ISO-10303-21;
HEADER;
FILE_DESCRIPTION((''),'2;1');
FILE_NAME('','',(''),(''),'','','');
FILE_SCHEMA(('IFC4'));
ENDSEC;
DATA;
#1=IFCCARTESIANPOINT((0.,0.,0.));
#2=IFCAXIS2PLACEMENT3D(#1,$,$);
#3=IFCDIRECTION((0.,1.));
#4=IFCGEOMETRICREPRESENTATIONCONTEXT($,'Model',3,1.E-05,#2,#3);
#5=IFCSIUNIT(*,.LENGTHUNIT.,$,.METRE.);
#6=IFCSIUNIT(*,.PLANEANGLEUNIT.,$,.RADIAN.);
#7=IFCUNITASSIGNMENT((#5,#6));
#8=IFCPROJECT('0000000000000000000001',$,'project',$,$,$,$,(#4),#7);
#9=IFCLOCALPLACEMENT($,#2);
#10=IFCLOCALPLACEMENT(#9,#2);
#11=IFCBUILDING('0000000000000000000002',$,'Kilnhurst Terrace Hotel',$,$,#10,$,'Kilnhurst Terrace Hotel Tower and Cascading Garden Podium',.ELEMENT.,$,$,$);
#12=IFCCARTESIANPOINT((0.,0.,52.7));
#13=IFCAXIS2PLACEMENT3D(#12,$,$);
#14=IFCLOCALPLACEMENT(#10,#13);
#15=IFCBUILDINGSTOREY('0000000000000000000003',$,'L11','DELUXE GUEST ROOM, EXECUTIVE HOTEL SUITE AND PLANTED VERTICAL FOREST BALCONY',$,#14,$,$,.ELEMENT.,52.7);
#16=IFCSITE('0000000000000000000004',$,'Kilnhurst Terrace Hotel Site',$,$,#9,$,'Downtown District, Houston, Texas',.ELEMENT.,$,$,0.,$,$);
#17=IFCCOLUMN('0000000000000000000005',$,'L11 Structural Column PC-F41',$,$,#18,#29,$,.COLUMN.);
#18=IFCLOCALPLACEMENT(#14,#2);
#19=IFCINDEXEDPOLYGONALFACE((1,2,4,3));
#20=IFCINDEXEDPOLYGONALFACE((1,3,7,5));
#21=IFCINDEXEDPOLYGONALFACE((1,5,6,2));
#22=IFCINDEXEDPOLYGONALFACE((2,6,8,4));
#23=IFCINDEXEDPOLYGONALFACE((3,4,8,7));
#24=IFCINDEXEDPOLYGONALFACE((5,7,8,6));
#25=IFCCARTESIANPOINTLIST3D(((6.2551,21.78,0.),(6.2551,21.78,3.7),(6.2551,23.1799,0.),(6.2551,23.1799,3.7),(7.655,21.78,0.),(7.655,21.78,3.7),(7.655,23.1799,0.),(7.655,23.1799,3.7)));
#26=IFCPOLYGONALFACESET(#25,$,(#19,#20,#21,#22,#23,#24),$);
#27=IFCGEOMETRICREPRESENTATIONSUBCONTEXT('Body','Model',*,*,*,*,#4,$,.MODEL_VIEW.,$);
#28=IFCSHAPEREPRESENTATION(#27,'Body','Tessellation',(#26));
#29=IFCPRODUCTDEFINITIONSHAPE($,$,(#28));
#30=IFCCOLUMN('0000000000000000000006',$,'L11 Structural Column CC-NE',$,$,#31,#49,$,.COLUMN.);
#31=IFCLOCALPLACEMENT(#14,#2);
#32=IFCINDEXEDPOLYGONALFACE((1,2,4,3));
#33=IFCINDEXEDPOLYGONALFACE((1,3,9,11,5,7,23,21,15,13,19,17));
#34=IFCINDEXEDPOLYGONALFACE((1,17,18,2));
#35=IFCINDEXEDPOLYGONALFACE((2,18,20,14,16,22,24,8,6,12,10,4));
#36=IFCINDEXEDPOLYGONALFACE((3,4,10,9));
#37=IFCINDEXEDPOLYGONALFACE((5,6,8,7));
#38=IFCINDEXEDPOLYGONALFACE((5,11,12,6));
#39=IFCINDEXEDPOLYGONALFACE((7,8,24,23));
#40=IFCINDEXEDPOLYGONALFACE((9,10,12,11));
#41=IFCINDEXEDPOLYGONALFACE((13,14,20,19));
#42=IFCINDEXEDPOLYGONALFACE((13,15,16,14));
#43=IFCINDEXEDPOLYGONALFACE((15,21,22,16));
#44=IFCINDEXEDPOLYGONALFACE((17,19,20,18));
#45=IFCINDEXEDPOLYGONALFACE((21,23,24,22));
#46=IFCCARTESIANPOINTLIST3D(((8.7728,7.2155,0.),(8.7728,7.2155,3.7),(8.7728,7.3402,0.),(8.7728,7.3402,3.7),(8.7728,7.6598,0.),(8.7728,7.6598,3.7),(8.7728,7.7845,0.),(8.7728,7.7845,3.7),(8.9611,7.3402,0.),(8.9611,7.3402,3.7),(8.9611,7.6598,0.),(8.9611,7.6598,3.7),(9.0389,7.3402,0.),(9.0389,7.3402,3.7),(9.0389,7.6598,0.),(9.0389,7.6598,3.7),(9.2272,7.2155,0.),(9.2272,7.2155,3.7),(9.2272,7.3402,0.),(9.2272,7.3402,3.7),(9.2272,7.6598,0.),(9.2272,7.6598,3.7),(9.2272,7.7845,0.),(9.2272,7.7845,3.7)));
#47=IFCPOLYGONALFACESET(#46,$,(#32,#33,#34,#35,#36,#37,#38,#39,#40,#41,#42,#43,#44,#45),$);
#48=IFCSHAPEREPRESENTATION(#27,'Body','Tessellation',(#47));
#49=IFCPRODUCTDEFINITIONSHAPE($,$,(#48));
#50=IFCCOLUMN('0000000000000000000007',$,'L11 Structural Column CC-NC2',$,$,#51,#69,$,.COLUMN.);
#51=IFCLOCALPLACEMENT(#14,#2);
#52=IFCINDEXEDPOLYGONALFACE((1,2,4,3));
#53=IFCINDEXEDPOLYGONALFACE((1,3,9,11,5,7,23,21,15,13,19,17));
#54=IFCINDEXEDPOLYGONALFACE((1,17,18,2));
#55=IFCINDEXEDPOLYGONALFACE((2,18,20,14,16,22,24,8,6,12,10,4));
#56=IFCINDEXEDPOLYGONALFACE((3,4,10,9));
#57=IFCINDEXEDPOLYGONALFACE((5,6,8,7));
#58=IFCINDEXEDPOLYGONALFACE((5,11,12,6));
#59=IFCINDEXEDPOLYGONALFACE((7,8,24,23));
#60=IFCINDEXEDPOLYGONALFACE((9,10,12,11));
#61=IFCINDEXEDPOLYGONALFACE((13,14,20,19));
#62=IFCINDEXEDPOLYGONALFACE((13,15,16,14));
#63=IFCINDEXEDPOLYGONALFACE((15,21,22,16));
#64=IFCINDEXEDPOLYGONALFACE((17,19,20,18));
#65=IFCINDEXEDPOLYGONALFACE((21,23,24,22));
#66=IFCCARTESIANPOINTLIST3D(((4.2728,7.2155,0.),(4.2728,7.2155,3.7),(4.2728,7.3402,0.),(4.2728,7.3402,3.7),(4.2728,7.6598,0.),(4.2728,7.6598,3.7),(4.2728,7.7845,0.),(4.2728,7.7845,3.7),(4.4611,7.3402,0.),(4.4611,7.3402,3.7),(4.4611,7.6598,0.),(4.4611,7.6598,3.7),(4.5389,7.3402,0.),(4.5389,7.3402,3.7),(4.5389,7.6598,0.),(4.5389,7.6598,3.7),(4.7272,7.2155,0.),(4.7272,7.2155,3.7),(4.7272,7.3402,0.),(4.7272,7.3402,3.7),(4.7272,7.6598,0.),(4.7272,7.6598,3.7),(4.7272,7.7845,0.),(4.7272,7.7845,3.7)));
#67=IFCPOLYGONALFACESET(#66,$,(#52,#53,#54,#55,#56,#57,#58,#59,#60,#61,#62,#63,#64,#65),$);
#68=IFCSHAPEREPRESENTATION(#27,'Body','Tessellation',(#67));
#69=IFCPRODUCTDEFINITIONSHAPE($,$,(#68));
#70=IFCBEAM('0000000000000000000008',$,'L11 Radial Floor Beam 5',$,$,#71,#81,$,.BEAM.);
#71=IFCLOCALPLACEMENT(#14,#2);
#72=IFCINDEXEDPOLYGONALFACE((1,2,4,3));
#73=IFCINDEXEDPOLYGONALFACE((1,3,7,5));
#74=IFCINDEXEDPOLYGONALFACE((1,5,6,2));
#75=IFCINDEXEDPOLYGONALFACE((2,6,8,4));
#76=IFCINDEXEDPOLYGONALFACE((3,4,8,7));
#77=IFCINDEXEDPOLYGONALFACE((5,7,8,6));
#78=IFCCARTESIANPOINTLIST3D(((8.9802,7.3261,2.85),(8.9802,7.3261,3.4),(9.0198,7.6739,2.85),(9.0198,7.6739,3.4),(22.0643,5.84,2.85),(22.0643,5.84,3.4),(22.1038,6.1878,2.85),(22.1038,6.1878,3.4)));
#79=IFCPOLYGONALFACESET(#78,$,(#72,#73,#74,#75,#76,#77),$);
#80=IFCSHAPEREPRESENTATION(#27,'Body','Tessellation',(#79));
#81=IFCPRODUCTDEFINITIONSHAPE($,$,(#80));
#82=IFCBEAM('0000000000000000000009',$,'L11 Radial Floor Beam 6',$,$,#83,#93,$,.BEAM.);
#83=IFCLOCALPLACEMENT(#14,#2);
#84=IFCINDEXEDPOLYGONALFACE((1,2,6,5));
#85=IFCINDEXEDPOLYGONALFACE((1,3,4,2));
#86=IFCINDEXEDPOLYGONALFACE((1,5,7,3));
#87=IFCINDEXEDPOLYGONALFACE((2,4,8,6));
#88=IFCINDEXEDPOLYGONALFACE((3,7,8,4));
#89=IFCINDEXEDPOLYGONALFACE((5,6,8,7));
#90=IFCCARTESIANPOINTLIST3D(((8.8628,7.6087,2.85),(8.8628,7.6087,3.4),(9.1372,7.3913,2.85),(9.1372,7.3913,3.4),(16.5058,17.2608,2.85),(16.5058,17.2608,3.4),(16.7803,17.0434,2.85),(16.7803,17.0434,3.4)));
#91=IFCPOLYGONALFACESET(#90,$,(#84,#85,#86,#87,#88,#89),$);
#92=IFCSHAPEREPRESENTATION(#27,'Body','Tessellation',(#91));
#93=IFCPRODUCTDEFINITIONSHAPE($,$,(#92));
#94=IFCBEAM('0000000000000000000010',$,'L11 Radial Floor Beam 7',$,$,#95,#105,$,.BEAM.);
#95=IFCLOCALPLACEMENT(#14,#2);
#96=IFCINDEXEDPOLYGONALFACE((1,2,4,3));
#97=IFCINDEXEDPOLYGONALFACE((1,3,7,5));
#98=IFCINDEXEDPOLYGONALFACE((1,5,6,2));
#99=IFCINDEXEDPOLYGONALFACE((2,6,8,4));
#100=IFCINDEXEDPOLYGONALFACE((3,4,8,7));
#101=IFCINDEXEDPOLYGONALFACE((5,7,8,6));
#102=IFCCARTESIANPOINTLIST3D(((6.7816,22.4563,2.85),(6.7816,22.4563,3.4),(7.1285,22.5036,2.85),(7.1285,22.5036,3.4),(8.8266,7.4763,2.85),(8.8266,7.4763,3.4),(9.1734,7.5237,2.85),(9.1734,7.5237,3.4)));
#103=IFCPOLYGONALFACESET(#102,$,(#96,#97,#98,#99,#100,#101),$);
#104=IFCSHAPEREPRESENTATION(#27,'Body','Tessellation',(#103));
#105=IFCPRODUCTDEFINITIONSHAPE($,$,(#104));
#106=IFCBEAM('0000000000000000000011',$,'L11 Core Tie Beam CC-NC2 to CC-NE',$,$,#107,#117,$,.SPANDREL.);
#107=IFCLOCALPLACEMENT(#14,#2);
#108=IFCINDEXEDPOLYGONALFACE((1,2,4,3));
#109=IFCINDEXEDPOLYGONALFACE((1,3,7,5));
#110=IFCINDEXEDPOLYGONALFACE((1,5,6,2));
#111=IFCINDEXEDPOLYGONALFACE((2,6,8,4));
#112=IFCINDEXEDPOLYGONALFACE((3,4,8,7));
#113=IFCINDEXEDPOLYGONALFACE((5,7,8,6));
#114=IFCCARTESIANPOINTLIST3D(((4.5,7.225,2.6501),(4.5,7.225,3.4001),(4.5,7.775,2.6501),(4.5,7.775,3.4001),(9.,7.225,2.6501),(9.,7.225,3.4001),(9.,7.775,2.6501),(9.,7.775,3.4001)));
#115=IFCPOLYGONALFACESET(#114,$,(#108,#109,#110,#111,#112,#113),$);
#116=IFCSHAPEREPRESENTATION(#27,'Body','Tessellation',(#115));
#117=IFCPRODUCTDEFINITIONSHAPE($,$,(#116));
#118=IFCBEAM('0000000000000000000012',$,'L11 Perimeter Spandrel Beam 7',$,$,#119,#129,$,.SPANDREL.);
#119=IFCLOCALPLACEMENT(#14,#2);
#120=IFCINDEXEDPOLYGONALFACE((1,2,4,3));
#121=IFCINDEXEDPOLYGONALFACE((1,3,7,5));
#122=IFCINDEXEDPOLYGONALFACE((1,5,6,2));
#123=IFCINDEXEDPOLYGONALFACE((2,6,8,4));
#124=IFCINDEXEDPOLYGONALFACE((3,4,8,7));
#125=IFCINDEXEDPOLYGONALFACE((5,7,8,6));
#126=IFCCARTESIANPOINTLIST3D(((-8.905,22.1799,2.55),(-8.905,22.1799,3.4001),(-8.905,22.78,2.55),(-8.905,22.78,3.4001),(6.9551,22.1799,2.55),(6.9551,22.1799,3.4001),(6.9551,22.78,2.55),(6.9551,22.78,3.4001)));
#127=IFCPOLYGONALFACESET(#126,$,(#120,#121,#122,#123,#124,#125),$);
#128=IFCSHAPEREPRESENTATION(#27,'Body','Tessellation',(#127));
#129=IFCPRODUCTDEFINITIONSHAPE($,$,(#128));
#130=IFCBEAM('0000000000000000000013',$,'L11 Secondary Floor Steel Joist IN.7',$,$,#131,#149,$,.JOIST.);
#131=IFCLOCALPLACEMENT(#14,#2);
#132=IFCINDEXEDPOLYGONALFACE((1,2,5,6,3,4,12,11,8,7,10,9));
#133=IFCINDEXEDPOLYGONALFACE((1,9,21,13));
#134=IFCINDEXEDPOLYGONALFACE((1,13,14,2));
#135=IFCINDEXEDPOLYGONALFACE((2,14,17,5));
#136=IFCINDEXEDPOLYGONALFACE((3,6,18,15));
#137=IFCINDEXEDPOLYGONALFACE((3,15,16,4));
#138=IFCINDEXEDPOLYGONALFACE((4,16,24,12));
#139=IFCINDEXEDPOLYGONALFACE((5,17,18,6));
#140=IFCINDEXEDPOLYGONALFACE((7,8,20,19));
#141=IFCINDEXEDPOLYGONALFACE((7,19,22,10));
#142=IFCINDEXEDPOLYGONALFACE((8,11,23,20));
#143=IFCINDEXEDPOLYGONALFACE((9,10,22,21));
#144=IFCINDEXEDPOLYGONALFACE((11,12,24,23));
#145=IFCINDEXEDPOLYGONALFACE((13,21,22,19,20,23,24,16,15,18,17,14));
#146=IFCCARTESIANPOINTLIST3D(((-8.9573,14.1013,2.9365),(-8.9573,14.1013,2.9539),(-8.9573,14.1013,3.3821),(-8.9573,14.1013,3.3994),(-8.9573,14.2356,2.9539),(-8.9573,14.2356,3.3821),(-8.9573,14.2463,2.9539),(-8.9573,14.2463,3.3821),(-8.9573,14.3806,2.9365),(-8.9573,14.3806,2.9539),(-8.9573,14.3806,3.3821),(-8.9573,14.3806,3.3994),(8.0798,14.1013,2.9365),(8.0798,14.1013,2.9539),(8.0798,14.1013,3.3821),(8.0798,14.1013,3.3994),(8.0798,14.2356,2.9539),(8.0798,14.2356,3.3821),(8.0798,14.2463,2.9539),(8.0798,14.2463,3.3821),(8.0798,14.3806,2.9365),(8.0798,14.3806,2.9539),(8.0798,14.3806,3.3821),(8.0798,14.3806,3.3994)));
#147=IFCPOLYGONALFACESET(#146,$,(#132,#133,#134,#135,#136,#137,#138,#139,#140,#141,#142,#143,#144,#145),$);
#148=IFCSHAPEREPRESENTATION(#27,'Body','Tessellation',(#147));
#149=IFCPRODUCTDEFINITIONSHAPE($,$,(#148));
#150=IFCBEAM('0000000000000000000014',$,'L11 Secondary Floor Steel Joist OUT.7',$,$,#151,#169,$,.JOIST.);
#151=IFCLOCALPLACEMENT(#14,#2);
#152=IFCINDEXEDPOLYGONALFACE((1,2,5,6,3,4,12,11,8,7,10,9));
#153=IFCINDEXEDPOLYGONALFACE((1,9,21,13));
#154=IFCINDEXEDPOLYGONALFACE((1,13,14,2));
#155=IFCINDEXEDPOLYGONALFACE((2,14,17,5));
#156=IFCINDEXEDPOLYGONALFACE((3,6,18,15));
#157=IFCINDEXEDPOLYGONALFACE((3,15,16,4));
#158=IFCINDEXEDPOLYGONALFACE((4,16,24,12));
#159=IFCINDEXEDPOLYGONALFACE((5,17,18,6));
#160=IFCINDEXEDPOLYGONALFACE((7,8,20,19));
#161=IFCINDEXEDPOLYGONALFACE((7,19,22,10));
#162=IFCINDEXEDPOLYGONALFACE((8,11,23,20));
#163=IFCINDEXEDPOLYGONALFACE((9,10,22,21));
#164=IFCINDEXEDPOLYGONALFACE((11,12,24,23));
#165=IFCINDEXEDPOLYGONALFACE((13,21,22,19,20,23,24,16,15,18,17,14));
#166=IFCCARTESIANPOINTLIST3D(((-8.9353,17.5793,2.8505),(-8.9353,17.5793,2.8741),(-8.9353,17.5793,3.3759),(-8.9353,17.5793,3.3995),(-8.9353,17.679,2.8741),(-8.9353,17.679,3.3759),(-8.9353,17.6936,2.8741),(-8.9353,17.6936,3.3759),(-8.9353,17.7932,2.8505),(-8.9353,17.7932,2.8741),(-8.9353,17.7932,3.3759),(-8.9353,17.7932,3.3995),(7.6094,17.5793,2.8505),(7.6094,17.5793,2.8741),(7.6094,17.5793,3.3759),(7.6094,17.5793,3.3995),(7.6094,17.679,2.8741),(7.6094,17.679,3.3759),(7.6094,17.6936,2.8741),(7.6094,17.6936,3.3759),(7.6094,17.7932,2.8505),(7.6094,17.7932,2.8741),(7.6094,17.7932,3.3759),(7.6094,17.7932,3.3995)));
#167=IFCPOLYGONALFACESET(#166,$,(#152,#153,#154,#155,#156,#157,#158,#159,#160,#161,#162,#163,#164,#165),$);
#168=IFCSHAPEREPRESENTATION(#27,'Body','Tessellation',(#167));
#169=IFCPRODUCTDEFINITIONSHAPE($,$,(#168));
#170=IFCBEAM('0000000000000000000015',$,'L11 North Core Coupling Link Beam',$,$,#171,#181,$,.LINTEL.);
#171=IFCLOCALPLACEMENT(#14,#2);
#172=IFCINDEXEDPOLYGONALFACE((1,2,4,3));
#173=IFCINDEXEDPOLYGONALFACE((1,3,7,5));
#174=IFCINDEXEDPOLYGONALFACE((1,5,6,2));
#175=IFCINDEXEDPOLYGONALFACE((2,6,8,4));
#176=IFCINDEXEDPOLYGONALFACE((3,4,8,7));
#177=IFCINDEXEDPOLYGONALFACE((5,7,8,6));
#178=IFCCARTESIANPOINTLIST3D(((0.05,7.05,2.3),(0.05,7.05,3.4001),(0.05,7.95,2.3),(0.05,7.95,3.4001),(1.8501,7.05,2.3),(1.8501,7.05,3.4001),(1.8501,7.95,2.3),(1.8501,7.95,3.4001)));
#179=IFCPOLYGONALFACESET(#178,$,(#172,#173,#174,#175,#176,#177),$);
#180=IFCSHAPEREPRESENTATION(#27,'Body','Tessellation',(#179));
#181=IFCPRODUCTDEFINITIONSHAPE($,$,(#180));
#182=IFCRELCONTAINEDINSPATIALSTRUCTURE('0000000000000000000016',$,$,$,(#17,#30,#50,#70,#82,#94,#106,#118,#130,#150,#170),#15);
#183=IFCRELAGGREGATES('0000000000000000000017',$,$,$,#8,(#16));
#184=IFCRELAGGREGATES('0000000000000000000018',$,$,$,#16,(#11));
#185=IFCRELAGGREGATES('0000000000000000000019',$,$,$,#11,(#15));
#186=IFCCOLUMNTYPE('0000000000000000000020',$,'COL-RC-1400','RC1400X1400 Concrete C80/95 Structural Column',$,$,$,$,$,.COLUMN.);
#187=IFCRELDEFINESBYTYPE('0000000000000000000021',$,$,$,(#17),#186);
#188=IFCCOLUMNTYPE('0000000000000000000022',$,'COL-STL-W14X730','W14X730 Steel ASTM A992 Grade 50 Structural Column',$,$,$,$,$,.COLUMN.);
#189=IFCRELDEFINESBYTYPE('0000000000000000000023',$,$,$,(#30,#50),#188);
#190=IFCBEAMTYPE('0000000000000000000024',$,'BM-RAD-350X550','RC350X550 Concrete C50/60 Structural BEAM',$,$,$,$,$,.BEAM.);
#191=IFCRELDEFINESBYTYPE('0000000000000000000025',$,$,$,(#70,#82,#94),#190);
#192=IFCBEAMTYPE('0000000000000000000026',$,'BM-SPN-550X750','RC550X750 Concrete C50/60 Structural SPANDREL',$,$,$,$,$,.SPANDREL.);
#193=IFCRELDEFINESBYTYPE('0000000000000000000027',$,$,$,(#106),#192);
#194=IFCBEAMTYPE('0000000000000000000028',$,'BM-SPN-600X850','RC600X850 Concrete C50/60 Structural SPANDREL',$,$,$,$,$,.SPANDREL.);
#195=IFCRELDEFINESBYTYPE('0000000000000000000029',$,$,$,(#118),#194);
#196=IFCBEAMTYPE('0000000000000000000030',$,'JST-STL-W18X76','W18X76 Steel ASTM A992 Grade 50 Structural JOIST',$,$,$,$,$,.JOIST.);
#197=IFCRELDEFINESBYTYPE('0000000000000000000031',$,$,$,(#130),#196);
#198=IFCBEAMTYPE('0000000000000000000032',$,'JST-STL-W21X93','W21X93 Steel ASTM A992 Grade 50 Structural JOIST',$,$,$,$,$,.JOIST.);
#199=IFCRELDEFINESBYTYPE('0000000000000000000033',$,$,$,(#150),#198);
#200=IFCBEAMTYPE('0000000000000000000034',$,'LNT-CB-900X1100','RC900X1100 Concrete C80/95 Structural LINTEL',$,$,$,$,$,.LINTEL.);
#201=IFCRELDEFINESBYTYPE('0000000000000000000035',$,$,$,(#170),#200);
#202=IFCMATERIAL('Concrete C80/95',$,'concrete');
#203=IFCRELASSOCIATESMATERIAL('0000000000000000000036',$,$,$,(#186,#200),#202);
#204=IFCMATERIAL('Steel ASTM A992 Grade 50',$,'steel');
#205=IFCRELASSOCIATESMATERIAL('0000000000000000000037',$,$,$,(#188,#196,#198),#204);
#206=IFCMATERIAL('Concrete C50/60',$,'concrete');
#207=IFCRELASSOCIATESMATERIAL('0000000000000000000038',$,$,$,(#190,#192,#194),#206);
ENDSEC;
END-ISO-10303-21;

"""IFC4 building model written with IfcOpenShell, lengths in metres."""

from ifc_helpers import new_model, si_unit, direction, frame, origin, origin_2d, place, context, subcontext, project, spatial, rectangle, i_section, extrude, material, material_profile, profile_set, type_object, element, save


model = new_model("IFC4")

# Units and contexts
model_context = context("Model", 3, precision=1e-05, world=origin(), true_north=direction((0.0, 1.0)))
body_context = subcontext(model_context, "Body", "Model", "MODEL_VIEW")
ifc_project = project(units=[si_unit("LENGTHUNIT", "METRE"), si_unit("PLANEANGLEUNIT", "RADIAN")], contexts=[model_context])

# Site, building, storey
site_placement = place(None, origin())
site = spatial("IfcSite", under=ifc_project, at=site_placement, Name="Kilnhurst Terrace Hotel Site", LongName="Downtown District, Houston, Texas", CompositionType="ELEMENT", RefElevation=0.0)
building_placement = place(site_placement, origin())
building = spatial("IfcBuilding", under=site, at=building_placement, Name="Kilnhurst Terrace Hotel", LongName="Kilnhurst Terrace Hotel Tower and Cascading Garden Podium", CompositionType="ELEMENT")
storey_placement = place(building_placement, frame((0.0, 0.0, 52.7)))
storey = spatial("IfcBuildingStorey", under=building, at=storey_placement, Name="L11", Description="DELUXE GUEST ROOM, EXECUTIVE HOTEL SUITE AND PLANTED VERTICAL FOREST BALCONY", CompositionType="ELEMENT", Elevation=52.7)

# Columns
ifc_material_1 = material(Name="Concrete C80/95", Category="concrete")
ifc_material_profile_1 = material_profile(ifc_material_1, rectangle(XDim=1.3999, YDim=1.3999, at=origin_2d()), Name="RC1400X1400")
ifc_profile_set_1 = profile_set([ifc_material_profile_1], Name="Concrete C80/95")
column_type_1 = type_object("IfcColumnType", Name="COL-RC-1400", Description="RC1400X1400 Concrete C80/95 Structural Column", PredefinedType="COLUMN", material=ifc_profile_set_1)
column_placement = place(storey_placement, frame((6.9551, 22.48, 0.0), z_axis=(0.0, 0.0, 1.0), x_axis=(1.0, 0.0, 0.0)))
element("IfcColumn", 1, at=column_placement, inside=storey, type_object=column_type_1, Name="L11 Structural Column PC-F41", PredefinedType="COLUMN", context=body_context, shape_type="SweptSolid", body=[
    extrude(rectangle(XDim=1.3999, YDim=1.3999, at=origin_2d()), origin(), (0.0, 0.0, 1.0), 3.7),
])
ifc_material_2 = material(Name="Steel ASTM A992 Grade 50", Category="steel")
ifc_material_profile_2 = material_profile(ifc_material_2, i_section(OverallWidth=0.4543, OverallDepth=0.5691, WebThickness=0.0779, FlangeThickness=0.1248, at=origin_2d()), Name="W14X730")
ifc_profile_set_2 = profile_set([ifc_material_profile_2], Name="Steel ASTM A992 Grade 50")
column_type_2 = type_object("IfcColumnType", Name="COL-STL-W14X730", Description="W14X730 Steel ASTM A992 Grade 50 Structural Column", PredefinedType="COLUMN", material=ifc_profile_set_2)
for number, where, z_axis, x_axis, name in (
    (2, (9.0, 7.5, 0.0), (0.0, 0.0, 1.0), (1.0, 0.0, 0.0), "L11 Structural Column CC-NE"),
    (3, (4.5, 7.5, 0.0), (0.0, 0.0, 1.0), (1.0, 0.0, 0.0), "L11 Structural Column CC-NC2"),
):
    element("IfcColumn", number, at=place(storey_placement, frame(where, z_axis=z_axis, x_axis=x_axis)), inside=storey, type_object=column_type_2, Name=name, PredefinedType="COLUMN", context=body_context, shape_type="SweptSolid", body=[
        extrude(i_section(OverallWidth=0.4543, OverallDepth=0.5691, WebThickness=0.0779, FlangeThickness=0.1248, at=origin_2d()), origin(), (0.0, 0.0, 1.0), 3.7),
    ])

# Beams
ifc_material_3 = material(Name="Concrete C50/60", Category="concrete")
ifc_material_profile_3 = material_profile(ifc_material_3, rectangle(XDim=0.3501, YDim=0.55, at=origin_2d()), Name="RC350X550")
ifc_profile_set_3 = profile_set([ifc_material_profile_3], Name="Concrete C50/60")
beam_type_1 = type_object("IfcBeamType", Name="BM-RAD-350X550", Description="RC350X550 Concrete C50/60 Structural BEAM", PredefinedType="BEAM", material=ifc_profile_set_3)
beam_1_placement = place(storey_placement, frame((9.0, 7.5, 3.125), z_axis=(0.993611, -0.112855, 0.0), x_axis=(0.112855, 0.993611, 0.0)))
element("IfcBeam", 4, at=beam_1_placement, inside=storey, type_object=beam_type_1, Name="L11 Radial Floor Beam 5", PredefinedType="BEAM", context=body_context, shape_type="SweptSolid", body=[
    extrude(rectangle(XDim=0.3501, YDim=0.55, at=origin_2d()), origin(), (0.0, 0.0, 1.0), 13.1682),
])
beam_2_placement = place(storey_placement, frame((9.0, 7.5, 3.125), z_axis=(0.620794, 0.783974, 0.0), x_axis=(-0.783974, 0.620794, 0.0)))
element("IfcBeam", 5, at=beam_2_placement, inside=storey, type_object=beam_type_1, Name="L11 Radial Floor Beam 6", PredefinedType="BEAM", context=body_context, shape_type="SweptSolid", body=[
    extrude(rectangle(XDim=0.3501, YDim=0.55, at=origin_2d()), origin(), (0.0, 0.0, 1.0), 12.3118),
])
beam_3_placement = place(storey_placement, frame((9.0, 7.5, 3.125), z_axis=(-0.135256, 0.990811, 0.0), x_axis=(-0.990811, -0.135256, 0.0)))
element("IfcBeam", 6, at=beam_3_placement, inside=storey, type_object=beam_type_1, Name="L11 Radial Floor Beam 7", PredefinedType="BEAM", context=body_context, shape_type="SweptSolid", body=[
    extrude(rectangle(XDim=0.3501, YDim=0.55, at=origin_2d()), origin(), (0.0, 0.0, 1.0), 15.1189),
])
ifc_material_profile_4 = material_profile(ifc_material_3, rectangle(XDim=0.55, YDim=0.75, at=origin_2d()), Name="RC550X750")
ifc_profile_set_4 = profile_set([ifc_material_profile_4], Name="Concrete C50/60")
beam_type_2 = type_object("IfcBeamType", Name="BM-SPN-550X750", Description="RC550X750 Concrete C50/60 Structural SPANDREL", PredefinedType="SPANDREL", material=ifc_profile_set_4)
beam_4_placement = place(storey_placement, frame((4.5, 7.5, 3.0251), z_axis=(1.0, 0.0, 0.0), x_axis=(0.0, 1.0, 0.0)))
element("IfcBeam", 7, at=beam_4_placement, inside=storey, type_object=beam_type_2, Name="L11 Core Tie Beam CC-NC2 to CC-NE", PredefinedType="SPANDREL", context=body_context, shape_type="SweptSolid", body=[
    extrude(rectangle(XDim=0.55, YDim=0.75, at=origin_2d()), origin(), (0.0, 0.0, 1.0), 4.5),
])
ifc_material_profile_5 = material_profile(ifc_material_3, rectangle(XDim=0.6001, YDim=0.8501, at=origin_2d()), Name="RC600X850")
ifc_profile_set_5 = profile_set([ifc_material_profile_5], Name="Concrete C50/60")
beam_type_3 = type_object("IfcBeamType", Name="BM-SPN-600X850", Description="RC600X850 Concrete C50/60 Structural SPANDREL", PredefinedType="SPANDREL", material=ifc_profile_set_5)
beam_5_placement = place(storey_placement, frame((6.9551, 22.48, 2.9751), z_axis=(-1.0, 0.0, 0.0), x_axis=(0.0, -1.0, 0.0)))
element("IfcBeam", 8, at=beam_5_placement, inside=storey, type_object=beam_type_3, Name="L11 Perimeter Spandrel Beam 7", PredefinedType="SPANDREL", context=body_context, shape_type="SweptSolid", body=[
    extrude(rectangle(XDim=0.6001, YDim=0.8501, at=origin_2d()), origin(), (0.0, 0.0, 1.0), 15.8601),
])
ifc_material_profile_6 = material_profile(ifc_material_2, i_section(OverallWidth=0.2793, OverallDepth=0.4629, WebThickness=0.0107, FlangeThickness=0.0173, at=origin_2d()), Name="W18X76")
ifc_profile_set_6 = profile_set([ifc_material_profile_6], Name="Steel ASTM A992 Grade 50")
beam_type_4 = type_object("IfcBeamType", Name="JST-STL-W18X76", Description="W18X76 Steel ASTM A992 Grade 50 Structural JOIST", PredefinedType="JOIST", material=ifc_profile_set_6)
beam_6_placement = place(storey_placement, frame((8.0798, 14.241, 3.168), z_axis=(-1.0, 0.0, 0.0), x_axis=(0.0, -1.0, 0.0)))
element("IfcBeam", 9, at=beam_6_placement, inside=storey, type_object=beam_type_4, Name="L11 Secondary Floor Steel Joist IN.7", PredefinedType="JOIST", context=body_context, shape_type="SweptSolid", body=[
    extrude(i_section(OverallWidth=0.2793, OverallDepth=0.4629, WebThickness=0.0107, FlangeThickness=0.0173, at=origin_2d()), origin(), (0.0, 0.0, 1.0), 17.0371),
])
ifc_material_profile_7 = material_profile(ifc_material_2, i_section(OverallWidth=0.2139, OverallDepth=0.5491, WebThickness=0.0146, FlangeThickness=0.0237, at=origin_2d()), Name="W21X93")
ifc_profile_set_7 = profile_set([ifc_material_profile_7], Name="Steel ASTM A992 Grade 50")
beam_type_5 = type_object("IfcBeamType", Name="JST-STL-W21X93", Description="W21X93 Steel ASTM A992 Grade 50 Structural JOIST", PredefinedType="JOIST", material=ifc_profile_set_7)
beam_7_placement = place(storey_placement, frame((7.6094, 17.6863, 3.125), z_axis=(-1.0, 0.0, 0.0), x_axis=(0.0, -1.0, 0.0)))
element("IfcBeam", 10, at=beam_7_placement, inside=storey, type_object=beam_type_5, Name="L11 Secondary Floor Steel Joist OUT.7", PredefinedType="JOIST", context=body_context, shape_type="SweptSolid", body=[
    extrude(i_section(OverallWidth=0.2139, OverallDepth=0.5491, WebThickness=0.0146, FlangeThickness=0.0237, at=origin_2d()), origin(), (0.0, 0.0, 1.0), 16.5447),
])
ifc_material_profile_8 = material_profile(ifc_material_1, rectangle(XDim=0.8999, YDim=1.1001, at=origin_2d()), Name="RC900X1100")
ifc_profile_set_8 = profile_set([ifc_material_profile_8], Name="Concrete C80/95")
beam_type_6 = type_object("IfcBeamType", Name="LNT-CB-900X1100", Description="RC900X1100 Concrete C80/95 Structural LINTEL", PredefinedType="LINTEL", material=ifc_profile_set_8)
beam_8_placement = place(storey_placement, frame((0.05, 7.5, 2.8501), z_axis=(1.0, 0.0, 0.0), x_axis=(0.0, 1.0, 0.0)))
element("IfcBeam", 11, at=beam_8_placement, inside=storey, type_object=beam_type_6, Name="L11 North Core Coupling Link Beam", PredefinedType="LINTEL", context=body_context, shape_type="SweptSolid", body=[
    extrude(rectangle(XDim=0.8999, YDim=1.1001, at=origin_2d()), origin(), (0.0, 0.0, 1.0), 1.8),
])

save(model, "model.ifc")
